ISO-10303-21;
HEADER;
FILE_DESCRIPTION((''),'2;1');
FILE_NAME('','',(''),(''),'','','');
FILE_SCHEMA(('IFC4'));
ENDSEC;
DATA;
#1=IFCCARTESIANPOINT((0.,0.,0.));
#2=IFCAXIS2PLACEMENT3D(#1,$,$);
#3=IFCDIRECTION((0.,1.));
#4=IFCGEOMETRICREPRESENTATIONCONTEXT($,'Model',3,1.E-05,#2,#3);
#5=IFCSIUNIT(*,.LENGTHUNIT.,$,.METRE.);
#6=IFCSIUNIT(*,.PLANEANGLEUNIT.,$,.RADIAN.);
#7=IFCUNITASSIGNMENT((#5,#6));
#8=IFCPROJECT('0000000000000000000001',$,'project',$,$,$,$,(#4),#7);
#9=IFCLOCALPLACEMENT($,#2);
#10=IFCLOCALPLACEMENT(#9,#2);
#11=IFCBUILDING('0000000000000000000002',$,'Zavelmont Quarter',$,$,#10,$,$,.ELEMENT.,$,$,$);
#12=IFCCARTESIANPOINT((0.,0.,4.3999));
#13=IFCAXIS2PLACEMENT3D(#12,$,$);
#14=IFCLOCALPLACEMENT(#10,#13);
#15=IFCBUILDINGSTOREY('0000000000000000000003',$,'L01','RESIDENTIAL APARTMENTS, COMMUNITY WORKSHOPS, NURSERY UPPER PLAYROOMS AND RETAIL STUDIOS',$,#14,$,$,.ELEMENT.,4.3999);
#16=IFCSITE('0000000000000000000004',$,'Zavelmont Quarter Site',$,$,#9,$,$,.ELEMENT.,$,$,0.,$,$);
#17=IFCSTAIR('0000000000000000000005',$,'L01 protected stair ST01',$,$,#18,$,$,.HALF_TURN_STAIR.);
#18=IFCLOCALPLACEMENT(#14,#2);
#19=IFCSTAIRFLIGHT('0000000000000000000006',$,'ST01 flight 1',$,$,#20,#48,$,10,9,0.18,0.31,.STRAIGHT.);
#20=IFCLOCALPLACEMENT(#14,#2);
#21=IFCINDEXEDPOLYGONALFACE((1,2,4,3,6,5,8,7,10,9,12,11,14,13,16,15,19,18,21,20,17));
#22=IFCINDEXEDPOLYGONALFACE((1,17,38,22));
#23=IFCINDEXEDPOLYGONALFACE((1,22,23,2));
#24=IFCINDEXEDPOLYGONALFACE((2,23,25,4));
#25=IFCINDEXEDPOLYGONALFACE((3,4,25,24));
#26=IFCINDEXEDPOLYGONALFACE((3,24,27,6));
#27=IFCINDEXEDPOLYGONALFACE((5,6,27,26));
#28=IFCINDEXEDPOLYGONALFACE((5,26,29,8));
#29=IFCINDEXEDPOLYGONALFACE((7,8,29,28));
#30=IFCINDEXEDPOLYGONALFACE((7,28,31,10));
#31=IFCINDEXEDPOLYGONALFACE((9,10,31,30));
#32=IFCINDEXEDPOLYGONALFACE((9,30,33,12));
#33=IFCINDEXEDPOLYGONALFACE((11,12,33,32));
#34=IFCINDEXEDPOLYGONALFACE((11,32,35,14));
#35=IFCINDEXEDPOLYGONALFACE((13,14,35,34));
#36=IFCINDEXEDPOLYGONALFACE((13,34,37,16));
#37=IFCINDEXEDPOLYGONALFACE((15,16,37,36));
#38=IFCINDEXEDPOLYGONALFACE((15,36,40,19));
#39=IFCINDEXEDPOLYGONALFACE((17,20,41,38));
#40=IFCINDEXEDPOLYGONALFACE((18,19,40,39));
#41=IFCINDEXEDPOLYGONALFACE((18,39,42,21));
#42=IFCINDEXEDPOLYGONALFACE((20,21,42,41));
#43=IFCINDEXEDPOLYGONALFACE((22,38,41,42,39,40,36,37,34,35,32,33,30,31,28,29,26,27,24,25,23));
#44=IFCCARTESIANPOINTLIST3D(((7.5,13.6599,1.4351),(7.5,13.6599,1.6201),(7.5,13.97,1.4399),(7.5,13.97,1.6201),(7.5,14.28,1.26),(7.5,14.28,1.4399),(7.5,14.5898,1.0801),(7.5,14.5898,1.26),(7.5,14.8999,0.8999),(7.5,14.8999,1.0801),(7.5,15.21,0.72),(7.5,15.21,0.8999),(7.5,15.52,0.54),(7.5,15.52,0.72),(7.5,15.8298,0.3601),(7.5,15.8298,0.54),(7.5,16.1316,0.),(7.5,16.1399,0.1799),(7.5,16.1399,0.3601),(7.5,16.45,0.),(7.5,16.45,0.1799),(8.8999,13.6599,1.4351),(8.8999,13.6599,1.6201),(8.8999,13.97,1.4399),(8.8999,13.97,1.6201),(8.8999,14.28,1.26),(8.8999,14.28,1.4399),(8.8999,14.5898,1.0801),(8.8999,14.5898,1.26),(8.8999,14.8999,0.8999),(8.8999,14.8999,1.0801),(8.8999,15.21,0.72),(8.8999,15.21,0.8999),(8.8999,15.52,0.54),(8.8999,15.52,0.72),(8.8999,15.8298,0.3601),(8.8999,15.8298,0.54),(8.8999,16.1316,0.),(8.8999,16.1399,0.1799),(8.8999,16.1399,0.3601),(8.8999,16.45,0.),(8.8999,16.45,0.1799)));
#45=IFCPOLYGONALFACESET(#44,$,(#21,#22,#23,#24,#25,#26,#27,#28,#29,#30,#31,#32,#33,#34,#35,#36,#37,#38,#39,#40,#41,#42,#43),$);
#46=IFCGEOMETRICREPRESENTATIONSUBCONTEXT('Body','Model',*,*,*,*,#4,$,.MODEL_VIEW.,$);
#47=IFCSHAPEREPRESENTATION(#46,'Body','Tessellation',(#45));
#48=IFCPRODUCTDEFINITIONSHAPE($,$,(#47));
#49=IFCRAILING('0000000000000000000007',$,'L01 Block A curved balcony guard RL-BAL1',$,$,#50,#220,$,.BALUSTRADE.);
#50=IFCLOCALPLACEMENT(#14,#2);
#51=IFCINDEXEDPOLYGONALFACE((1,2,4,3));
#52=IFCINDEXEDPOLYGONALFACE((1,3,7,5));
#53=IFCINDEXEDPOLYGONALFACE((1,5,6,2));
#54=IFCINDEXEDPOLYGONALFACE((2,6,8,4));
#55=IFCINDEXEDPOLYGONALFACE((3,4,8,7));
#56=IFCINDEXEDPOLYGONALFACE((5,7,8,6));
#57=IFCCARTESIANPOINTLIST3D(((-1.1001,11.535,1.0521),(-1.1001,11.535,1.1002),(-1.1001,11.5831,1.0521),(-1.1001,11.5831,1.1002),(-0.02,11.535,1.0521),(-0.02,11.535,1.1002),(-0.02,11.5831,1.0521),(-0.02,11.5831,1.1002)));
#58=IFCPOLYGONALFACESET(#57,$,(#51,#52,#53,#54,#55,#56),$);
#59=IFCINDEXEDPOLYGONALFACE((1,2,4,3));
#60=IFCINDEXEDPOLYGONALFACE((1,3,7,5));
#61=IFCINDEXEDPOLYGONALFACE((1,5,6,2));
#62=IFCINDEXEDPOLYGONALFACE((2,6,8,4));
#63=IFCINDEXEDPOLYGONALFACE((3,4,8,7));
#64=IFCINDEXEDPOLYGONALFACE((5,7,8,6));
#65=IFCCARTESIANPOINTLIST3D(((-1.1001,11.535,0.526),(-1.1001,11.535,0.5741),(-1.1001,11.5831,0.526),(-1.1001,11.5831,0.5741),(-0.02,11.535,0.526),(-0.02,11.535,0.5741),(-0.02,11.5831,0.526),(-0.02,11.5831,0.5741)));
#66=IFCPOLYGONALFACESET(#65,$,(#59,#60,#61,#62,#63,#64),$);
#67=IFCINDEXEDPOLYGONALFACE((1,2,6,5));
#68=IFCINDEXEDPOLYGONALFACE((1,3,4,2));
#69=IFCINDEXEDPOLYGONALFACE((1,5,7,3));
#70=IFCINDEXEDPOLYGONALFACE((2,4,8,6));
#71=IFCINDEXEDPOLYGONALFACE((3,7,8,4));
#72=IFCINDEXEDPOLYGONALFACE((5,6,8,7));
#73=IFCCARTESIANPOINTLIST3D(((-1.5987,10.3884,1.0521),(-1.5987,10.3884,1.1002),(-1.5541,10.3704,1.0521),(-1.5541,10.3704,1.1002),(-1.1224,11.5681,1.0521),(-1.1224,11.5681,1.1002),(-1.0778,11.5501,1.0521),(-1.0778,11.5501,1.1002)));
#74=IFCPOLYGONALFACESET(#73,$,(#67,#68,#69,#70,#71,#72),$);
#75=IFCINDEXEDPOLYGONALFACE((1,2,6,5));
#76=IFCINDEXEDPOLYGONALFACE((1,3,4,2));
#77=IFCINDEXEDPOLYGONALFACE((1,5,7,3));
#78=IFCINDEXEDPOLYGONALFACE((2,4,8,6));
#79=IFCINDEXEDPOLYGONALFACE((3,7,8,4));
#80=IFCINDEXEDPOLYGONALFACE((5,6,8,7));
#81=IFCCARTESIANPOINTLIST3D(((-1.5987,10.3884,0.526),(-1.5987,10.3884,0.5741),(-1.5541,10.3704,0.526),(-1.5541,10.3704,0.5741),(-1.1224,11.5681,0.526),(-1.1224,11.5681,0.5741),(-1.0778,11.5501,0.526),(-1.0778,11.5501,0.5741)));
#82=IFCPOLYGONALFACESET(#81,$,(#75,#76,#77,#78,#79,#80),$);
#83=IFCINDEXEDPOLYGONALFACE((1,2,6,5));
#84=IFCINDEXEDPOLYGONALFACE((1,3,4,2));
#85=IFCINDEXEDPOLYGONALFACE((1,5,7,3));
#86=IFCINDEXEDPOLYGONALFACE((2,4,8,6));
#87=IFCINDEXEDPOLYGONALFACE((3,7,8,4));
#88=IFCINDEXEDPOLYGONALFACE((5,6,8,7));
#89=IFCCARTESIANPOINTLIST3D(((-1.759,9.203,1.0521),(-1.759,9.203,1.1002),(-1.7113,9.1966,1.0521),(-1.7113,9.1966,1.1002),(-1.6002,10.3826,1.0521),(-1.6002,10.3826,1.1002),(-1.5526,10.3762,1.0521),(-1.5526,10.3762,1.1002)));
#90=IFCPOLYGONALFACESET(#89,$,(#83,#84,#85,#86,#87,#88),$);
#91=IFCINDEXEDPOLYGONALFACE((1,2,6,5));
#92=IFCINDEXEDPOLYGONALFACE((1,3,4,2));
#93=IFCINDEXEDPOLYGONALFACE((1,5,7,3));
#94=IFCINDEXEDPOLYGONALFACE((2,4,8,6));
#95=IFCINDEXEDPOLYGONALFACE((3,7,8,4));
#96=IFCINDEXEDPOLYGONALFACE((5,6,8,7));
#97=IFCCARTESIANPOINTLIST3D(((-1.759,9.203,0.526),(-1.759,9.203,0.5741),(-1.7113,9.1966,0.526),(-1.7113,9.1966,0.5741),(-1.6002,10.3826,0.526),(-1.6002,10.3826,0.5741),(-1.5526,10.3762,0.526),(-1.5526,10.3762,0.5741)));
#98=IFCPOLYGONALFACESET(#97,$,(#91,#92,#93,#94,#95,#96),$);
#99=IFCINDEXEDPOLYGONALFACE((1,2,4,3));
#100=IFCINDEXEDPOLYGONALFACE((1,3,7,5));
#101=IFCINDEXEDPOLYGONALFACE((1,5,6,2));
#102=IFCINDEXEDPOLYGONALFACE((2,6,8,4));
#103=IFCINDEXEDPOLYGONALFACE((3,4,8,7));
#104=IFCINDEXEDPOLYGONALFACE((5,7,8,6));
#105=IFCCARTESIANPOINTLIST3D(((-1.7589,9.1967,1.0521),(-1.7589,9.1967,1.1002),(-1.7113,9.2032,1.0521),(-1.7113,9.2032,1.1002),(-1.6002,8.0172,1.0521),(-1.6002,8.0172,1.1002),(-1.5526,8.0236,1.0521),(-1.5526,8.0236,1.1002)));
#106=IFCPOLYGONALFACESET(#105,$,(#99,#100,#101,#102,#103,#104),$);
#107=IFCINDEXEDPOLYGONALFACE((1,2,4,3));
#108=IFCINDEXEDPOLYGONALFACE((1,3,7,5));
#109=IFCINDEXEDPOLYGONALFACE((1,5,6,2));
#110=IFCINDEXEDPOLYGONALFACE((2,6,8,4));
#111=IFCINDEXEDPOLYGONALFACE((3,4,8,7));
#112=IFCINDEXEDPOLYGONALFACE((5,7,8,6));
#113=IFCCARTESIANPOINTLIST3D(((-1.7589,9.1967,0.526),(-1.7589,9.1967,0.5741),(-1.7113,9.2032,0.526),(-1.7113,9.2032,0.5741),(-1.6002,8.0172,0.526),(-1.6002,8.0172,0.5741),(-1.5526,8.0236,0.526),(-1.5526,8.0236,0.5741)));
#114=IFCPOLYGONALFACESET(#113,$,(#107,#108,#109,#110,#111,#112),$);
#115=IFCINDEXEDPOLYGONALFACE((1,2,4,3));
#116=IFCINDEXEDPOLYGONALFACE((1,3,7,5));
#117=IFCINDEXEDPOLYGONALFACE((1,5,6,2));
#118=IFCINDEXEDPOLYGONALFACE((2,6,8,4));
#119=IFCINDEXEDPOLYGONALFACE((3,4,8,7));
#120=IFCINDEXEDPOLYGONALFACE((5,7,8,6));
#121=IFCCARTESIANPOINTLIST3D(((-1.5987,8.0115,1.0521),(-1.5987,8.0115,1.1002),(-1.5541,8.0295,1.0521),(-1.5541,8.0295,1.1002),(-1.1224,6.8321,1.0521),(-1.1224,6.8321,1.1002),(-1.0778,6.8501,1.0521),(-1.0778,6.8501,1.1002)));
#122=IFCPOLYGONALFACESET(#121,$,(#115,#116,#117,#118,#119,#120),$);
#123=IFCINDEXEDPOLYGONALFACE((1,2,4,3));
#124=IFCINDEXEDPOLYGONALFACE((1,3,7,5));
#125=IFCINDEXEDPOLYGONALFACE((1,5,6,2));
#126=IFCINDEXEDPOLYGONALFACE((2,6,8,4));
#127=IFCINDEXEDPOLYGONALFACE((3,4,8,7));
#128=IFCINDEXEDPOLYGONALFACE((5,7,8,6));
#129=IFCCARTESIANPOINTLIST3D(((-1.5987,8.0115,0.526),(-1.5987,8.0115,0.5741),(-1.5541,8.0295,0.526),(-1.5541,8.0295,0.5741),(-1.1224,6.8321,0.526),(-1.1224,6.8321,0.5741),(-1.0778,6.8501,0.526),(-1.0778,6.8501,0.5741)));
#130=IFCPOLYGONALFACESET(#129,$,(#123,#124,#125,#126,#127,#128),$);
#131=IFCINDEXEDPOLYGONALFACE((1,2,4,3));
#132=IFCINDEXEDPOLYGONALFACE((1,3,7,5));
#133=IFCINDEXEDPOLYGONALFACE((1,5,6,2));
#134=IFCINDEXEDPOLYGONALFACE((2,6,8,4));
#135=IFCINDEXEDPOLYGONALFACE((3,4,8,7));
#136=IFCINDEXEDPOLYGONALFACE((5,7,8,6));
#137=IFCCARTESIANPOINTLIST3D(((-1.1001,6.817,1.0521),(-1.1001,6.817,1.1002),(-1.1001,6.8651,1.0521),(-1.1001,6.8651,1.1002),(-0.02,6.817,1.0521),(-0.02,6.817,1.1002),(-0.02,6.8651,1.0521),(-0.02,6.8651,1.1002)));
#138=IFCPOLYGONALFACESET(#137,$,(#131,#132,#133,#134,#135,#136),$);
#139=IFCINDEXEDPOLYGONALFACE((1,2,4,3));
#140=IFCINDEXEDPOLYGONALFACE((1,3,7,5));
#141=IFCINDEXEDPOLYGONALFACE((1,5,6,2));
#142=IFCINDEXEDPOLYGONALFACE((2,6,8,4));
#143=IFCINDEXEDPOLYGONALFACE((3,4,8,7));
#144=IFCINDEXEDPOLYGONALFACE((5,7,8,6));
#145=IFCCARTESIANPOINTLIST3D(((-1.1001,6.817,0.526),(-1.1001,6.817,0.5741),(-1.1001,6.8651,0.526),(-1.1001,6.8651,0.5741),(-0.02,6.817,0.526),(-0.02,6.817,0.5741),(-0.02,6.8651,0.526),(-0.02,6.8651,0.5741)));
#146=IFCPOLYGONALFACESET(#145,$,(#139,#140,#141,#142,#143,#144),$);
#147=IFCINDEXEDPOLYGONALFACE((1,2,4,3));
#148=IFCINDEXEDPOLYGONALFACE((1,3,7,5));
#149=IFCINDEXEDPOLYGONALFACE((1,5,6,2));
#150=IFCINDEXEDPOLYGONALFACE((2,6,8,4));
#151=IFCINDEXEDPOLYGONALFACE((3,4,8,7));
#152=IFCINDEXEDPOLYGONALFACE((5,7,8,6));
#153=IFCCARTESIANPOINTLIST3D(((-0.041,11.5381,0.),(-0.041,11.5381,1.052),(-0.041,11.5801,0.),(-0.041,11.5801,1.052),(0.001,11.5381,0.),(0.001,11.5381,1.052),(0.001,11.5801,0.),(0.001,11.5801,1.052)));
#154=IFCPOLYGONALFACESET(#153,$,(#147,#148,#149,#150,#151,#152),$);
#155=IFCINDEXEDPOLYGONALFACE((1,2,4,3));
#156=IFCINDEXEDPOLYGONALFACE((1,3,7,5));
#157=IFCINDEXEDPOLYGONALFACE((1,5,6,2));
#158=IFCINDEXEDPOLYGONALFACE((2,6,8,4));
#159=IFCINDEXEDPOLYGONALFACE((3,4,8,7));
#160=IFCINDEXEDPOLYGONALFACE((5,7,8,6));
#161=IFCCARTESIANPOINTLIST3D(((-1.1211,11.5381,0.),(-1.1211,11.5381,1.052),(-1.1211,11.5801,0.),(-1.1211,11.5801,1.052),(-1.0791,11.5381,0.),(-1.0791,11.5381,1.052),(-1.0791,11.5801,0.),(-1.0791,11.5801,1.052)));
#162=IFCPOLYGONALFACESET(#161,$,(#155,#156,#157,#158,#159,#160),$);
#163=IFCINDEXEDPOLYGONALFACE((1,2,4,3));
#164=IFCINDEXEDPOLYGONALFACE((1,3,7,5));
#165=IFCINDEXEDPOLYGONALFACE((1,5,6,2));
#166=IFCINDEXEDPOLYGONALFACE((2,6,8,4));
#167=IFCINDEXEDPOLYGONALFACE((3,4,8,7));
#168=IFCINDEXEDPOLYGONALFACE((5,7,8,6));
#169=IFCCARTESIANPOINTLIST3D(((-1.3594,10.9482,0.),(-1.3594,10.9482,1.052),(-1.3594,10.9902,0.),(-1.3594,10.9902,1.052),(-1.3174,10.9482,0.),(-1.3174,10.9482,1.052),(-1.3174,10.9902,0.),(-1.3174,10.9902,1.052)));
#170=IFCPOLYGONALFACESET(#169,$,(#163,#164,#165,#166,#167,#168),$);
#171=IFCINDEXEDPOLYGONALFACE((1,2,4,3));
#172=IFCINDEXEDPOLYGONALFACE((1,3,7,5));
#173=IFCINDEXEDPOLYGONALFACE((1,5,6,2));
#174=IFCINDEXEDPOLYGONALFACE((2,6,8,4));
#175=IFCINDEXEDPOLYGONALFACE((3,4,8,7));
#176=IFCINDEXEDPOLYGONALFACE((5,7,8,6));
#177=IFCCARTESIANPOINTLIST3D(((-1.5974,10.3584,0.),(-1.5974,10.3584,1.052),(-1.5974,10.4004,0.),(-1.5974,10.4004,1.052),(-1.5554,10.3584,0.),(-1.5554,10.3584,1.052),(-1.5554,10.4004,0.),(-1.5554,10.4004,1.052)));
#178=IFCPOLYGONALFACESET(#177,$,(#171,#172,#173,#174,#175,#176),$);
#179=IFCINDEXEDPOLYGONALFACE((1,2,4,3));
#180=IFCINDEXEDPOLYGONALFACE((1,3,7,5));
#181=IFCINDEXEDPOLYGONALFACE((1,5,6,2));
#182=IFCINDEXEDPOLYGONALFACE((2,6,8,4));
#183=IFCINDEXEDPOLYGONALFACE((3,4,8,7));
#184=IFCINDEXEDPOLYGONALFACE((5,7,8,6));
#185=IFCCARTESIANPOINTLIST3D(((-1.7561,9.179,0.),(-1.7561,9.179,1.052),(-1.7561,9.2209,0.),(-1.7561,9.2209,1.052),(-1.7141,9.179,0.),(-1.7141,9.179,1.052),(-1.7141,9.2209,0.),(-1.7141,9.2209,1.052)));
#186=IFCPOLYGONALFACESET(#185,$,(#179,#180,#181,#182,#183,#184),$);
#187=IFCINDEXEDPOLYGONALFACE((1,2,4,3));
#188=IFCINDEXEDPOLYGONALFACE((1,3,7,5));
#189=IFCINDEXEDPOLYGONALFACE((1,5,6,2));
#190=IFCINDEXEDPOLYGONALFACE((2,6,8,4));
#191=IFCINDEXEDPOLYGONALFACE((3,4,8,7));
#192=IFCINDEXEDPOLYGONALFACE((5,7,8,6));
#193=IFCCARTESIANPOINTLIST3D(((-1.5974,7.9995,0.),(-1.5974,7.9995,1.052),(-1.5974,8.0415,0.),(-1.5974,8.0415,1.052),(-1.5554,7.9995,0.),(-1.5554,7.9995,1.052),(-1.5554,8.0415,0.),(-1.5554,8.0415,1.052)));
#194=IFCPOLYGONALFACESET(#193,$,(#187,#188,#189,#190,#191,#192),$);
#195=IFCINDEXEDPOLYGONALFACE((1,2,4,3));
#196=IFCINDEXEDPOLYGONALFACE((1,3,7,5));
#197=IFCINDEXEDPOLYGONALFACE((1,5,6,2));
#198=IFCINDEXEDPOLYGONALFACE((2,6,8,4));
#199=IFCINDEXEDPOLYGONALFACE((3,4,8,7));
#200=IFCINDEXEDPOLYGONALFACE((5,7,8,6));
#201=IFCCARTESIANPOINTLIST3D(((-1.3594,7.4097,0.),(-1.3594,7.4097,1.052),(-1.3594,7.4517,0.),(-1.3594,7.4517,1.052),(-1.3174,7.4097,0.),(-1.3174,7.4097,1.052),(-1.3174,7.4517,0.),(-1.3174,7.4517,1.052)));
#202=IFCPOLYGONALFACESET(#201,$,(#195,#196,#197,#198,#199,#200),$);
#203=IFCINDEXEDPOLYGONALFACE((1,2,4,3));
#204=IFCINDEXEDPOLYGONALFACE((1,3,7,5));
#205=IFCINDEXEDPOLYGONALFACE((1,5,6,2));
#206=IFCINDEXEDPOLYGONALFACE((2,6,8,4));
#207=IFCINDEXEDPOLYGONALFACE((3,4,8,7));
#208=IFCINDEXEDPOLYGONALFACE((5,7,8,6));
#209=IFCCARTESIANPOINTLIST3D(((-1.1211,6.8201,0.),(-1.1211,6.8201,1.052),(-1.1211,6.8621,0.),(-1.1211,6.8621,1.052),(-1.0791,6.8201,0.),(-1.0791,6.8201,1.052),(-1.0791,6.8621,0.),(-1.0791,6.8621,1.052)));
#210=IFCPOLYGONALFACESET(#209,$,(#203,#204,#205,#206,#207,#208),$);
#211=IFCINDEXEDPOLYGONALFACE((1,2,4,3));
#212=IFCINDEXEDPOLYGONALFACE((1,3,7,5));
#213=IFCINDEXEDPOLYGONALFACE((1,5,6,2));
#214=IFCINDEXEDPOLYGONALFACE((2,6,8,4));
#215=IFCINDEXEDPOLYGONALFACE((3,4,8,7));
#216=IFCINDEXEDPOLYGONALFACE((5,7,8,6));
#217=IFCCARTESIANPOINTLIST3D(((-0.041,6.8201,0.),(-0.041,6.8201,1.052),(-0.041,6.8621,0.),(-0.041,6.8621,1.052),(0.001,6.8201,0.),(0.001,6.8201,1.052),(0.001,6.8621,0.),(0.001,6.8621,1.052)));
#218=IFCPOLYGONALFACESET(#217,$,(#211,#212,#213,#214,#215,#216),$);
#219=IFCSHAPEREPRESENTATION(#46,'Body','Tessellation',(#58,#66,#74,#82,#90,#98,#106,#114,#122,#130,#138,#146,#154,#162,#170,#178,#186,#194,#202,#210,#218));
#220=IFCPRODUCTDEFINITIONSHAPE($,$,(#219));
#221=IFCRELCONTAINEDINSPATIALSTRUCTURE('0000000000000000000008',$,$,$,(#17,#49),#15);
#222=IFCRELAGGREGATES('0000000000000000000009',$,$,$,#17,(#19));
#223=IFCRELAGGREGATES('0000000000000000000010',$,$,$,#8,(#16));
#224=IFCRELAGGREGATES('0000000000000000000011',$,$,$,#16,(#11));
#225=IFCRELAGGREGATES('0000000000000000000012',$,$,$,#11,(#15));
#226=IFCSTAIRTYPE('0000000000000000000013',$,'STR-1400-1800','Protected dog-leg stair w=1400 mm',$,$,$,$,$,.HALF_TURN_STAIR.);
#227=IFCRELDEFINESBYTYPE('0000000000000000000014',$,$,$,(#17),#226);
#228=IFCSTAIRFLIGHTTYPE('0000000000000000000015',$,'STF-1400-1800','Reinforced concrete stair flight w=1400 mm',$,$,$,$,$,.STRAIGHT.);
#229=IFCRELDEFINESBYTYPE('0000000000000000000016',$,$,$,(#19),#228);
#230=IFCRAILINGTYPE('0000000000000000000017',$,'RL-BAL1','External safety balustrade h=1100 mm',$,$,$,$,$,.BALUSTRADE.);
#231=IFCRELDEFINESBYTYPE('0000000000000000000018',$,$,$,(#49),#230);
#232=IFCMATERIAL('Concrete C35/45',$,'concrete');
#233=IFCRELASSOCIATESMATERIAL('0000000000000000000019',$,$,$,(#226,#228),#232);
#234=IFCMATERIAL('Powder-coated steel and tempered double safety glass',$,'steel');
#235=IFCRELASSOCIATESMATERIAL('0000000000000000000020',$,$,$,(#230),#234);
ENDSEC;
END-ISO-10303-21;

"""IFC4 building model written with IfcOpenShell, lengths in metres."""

from ifc_helpers import new_model, si_unit, direction, frame, origin, origin_2d, place, context, subcontext, project, spatial, polyline, rectangle, outline, extrude, material, type_object, element, aggregate, save


model = new_model("IFC4")

# Units and contexts
model_context = context("Model", 3, precision=1e-05, world=origin(), true_north=direction((0.0, 1.0)))
body_context = subcontext(model_context, "Body", "Model", "MODEL_VIEW")
ifc_project = project(units=[si_unit("LENGTHUNIT", "METRE"), si_unit("PLANEANGLEUNIT", "RADIAN")], contexts=[model_context])

# Site, building, storey
site_placement = place(None, origin())
site = spatial("IfcSite", under=ifc_project, at=site_placement, Name="Zavelmont Quarter Site", CompositionType="ELEMENT", RefElevation=0.0)
building_placement = place(site_placement, origin())
building = spatial("IfcBuilding", under=site, at=building_placement, Name="Zavelmont Quarter", CompositionType="ELEMENT")
storey_placement = place(building_placement, frame((0.0, 0.0, 4.3999)))
storey = spatial("IfcBuildingStorey", under=building, at=storey_placement, Name="L01", Description="RESIDENTIAL APARTMENTS, COMMUNITY WORKSHOPS, NURSERY UPPER PLAYROOMS AND RETAIL STUDIOS", CompositionType="ELEMENT", Elevation=4.3999)

# Shared definitions
ifc_material_1 = material(Name="Concrete C35/45", Category="concrete")

# Stair, stair flight
stair_type = type_object("IfcStairType", Name="STR-1400-1800", Description="Protected dog-leg stair w=1400 mm", PredefinedType="HALF_TURN_STAIR", material=ifc_material_1)
stair_placement = place(storey_placement, origin())
stair = element("IfcStair", 1, at=stair_placement, inside=storey, type_object=stair_type, Name="L01 protected stair ST01", PredefinedType="HALF_TURN_STAIR")
stair_flight_type = type_object("IfcStairFlightType", Name="STF-1400-1800", Description="Reinforced concrete stair flight w=1400 mm", PredefinedType="STRAIGHT", material=ifc_material_1)
stair_flight_placement = place(storey_placement, frame((8.2, 16.45, 0.0), z_axis=(0.0, 0.0, 1.0), x_axis=(0.0, -1.0, 0.0)))
stair_flight = element("IfcStairFlight", 2, at=stair_flight_placement, type_object=stair_flight_type, Name="ST01 flight 1", NumberOfRisers=10, NumberOfTreads=9, PredefinedType="STRAIGHT", RiserHeight=0.18, TreadLength=0.31, context=body_context, shape_type="SweptSolid", body=[
    extrude(outline(polyline([(0.0, 0.0), (0.0, 0.1799), (0.3101, 0.1799), (0.3101, 0.3601), (0.6201, 0.3601), (0.6201, 0.54), (0.9299, 0.54), (0.9299, 0.72), (1.24, 0.72), (1.24, 0.8999), (1.55, 0.8999), (1.55, 1.0801), (1.8601, 1.0801), (1.8601, 1.26), (2.1699, 1.26), (2.1699, 1.4399), (2.48, 1.4399), (2.48, 1.6201), (2.79, 1.6201), (2.79, 1.8), (2.79, 1.4351), (0.3184, 0.0), (0.0, 0.0)])), frame((0.0, 0.7, 0.0), z_axis=(0.0, -1.0, 0.0), x_axis=(1.0, 0.0, 0.0)), (0.0, 0.0, 1.0), 1.3999),
])
aggregate(stair, [stair_flight])

# Railing
ifc_material_2 = material(Name="Powder-coated steel and tempered double safety glass", Category="steel")
railing_type_1 = type_object("IfcRailingType", Name="RL-BAL1", Description="External safety balustrade h=1100 mm", PredefinedType="BALUSTRADE", material=ifc_material_2)
railing_1_placement = place(storey_placement, frame((-0.02, 11.5591, 0.0)))
element("IfcRailing", 3, at=railing_1_placement, inside=storey, type_object=railing_type_1, Name="L01 Block A curved balcony guard RL-BAL1", PredefinedType="BALUSTRADE", context=body_context, shape_type="SweptSolid", body=[
    extrude(rectangle(XDim=0.0481, YDim=0.0481, at=origin_2d()), frame((0.0, 0.0, 1.0762), z_axis=(-1.0, 0.0, 0.0), x_axis=(0.0, -1.0, 0.0)), (0.0, 0.0, 1.0), 1.0801),
    extrude(rectangle(XDim=0.0481, YDim=0.0481, at=origin_2d()), frame((0.0, 0.0, 0.55), z_axis=(-1.0, 0.0, 0.0), x_axis=(0.0, -1.0, 0.0)), (0.0, 0.0, 1.0), 1.0801),
    extrude(rectangle(XDim=0.0481, YDim=0.0481, at=origin_2d()), frame((-1.0801, 0.0, 1.0762), z_axis=(-0.3744, -0.927267, 0.0), x_axis=(0.927267, -0.3744, 0.0)), (0.0, 0.0, 1.0), 1.2722),
    extrude(rectangle(XDim=0.0481, YDim=0.0481, at=origin_2d()), frame((-1.0801, 0.0, 0.55), z_axis=(-0.3744, -0.927267, 0.0), x_axis=(0.927267, -0.3744, 0.0)), (0.0, 0.0, 1.0), 1.2722),
    extrude(rectangle(XDim=0.0481, YDim=0.0481, at=origin_2d()), frame((-1.5564, -1.1797, 1.0762), z_axis=(-0.133346, -0.99107, 0.0), x_axis=(0.99107, -0.133346, 0.0)), (0.0, 0.0, 1.0), 1.1902),
    extrude(rectangle(XDim=0.0481, YDim=0.0481, at=origin_2d()), frame((-1.5564, -1.1797, 0.55), z_axis=(-0.133346, -0.99107, 0.0), x_axis=(0.99107, -0.133346, 0.0)), (0.0, 0.0, 1.0), 1.1902),
    extrude(rectangle(XDim=0.0481, YDim=0.0481, at=origin_2d()), frame((-1.7151, -2.3591, 1.0762), z_axis=(0.133346, -0.99107, 0.0), x_axis=(0.99107, 0.133346, 0.0)), (0.0, 0.0, 1.0), 1.1902),
    extrude(rectangle(XDim=0.0481, YDim=0.0481, at=origin_2d()), frame((-1.7151, -2.3591, 0.55), z_axis=(0.133346, -0.99107, 0.0), x_axis=(0.99107, 0.133346, 0.0)), (0.0, 0.0, 1.0), 1.1902),
    extrude(rectangle(XDim=0.0481, YDim=0.0481, at=origin_2d()), frame((-1.5564, -3.5386, 1.0762), z_axis=(0.374466, -0.927241, 0.0), x_axis=(0.927241, 0.374466, 0.0)), (0.0, 0.0, 1.0), 1.272),
    extrude(rectangle(XDim=0.0481, YDim=0.0481, at=origin_2d()), frame((-1.5564, -3.5386, 0.55), z_axis=(0.374466, -0.927241, 0.0), x_axis=(0.927241, 0.374466, 0.0)), (0.0, 0.0, 1.0), 1.272),
    extrude(rectangle(XDim=0.0481, YDim=0.0481, at=origin_2d()), frame((-1.0801, -4.718, 1.0762), z_axis=(1.0, 0.0, 0.0), x_axis=(0.0, 1.0, 0.0)), (0.0, 0.0, 1.0), 1.0801),
    extrude(rectangle(XDim=0.0481, YDim=0.0481, at=origin_2d()), frame((-1.0801, -4.718, 0.55), z_axis=(1.0, 0.0, 0.0), x_axis=(0.0, 1.0, 0.0)), (0.0, 0.0, 1.0), 1.0801),
    extrude(rectangle(XDim=0.042, YDim=0.042, at=origin_2d()), origin(), (0.0, 0.0, 1.0), 1.052),
    extrude(rectangle(XDim=0.042, YDim=0.042, at=origin_2d()), frame((-1.0801, 0.0, 0.0)), (0.0, 0.0, 1.0), 1.052),
    extrude(rectangle(XDim=0.042, YDim=0.042, at=origin_2d()), frame((-1.3184, -0.5898, 0.0)), (0.0, 0.0, 1.0), 1.052),
    extrude(rectangle(XDim=0.042, YDim=0.042, at=origin_2d()), frame((-1.5564, -1.1797, 0.0)), (0.0, 0.0, 1.0), 1.052),
    extrude(rectangle(XDim=0.042, YDim=0.042, at=origin_2d()), frame((-1.7151, -2.3591, 0.0)), (0.0, 0.0, 1.0), 1.052),
    extrude(rectangle(XDim=0.042, YDim=0.042, at=origin_2d()), frame((-1.5564, -3.5386, 0.0)), (0.0, 0.0, 1.0), 1.052),
    extrude(rectangle(XDim=0.042, YDim=0.042, at=origin_2d()), frame((-1.3184, -4.1284, 0.0)), (0.0, 0.0, 1.0), 1.052),
    extrude(rectangle(XDim=0.042, YDim=0.042, at=origin_2d()), frame((-1.0801, -4.718, 0.0)), (0.0, 0.0, 1.0), 1.052),
    extrude(rectangle(XDim=0.042, YDim=0.042, at=origin_2d()), frame((0.0, -4.718, 0.0)), (0.0, 0.0, 1.0), 1.052),
])

save(model, "model.ifc")
